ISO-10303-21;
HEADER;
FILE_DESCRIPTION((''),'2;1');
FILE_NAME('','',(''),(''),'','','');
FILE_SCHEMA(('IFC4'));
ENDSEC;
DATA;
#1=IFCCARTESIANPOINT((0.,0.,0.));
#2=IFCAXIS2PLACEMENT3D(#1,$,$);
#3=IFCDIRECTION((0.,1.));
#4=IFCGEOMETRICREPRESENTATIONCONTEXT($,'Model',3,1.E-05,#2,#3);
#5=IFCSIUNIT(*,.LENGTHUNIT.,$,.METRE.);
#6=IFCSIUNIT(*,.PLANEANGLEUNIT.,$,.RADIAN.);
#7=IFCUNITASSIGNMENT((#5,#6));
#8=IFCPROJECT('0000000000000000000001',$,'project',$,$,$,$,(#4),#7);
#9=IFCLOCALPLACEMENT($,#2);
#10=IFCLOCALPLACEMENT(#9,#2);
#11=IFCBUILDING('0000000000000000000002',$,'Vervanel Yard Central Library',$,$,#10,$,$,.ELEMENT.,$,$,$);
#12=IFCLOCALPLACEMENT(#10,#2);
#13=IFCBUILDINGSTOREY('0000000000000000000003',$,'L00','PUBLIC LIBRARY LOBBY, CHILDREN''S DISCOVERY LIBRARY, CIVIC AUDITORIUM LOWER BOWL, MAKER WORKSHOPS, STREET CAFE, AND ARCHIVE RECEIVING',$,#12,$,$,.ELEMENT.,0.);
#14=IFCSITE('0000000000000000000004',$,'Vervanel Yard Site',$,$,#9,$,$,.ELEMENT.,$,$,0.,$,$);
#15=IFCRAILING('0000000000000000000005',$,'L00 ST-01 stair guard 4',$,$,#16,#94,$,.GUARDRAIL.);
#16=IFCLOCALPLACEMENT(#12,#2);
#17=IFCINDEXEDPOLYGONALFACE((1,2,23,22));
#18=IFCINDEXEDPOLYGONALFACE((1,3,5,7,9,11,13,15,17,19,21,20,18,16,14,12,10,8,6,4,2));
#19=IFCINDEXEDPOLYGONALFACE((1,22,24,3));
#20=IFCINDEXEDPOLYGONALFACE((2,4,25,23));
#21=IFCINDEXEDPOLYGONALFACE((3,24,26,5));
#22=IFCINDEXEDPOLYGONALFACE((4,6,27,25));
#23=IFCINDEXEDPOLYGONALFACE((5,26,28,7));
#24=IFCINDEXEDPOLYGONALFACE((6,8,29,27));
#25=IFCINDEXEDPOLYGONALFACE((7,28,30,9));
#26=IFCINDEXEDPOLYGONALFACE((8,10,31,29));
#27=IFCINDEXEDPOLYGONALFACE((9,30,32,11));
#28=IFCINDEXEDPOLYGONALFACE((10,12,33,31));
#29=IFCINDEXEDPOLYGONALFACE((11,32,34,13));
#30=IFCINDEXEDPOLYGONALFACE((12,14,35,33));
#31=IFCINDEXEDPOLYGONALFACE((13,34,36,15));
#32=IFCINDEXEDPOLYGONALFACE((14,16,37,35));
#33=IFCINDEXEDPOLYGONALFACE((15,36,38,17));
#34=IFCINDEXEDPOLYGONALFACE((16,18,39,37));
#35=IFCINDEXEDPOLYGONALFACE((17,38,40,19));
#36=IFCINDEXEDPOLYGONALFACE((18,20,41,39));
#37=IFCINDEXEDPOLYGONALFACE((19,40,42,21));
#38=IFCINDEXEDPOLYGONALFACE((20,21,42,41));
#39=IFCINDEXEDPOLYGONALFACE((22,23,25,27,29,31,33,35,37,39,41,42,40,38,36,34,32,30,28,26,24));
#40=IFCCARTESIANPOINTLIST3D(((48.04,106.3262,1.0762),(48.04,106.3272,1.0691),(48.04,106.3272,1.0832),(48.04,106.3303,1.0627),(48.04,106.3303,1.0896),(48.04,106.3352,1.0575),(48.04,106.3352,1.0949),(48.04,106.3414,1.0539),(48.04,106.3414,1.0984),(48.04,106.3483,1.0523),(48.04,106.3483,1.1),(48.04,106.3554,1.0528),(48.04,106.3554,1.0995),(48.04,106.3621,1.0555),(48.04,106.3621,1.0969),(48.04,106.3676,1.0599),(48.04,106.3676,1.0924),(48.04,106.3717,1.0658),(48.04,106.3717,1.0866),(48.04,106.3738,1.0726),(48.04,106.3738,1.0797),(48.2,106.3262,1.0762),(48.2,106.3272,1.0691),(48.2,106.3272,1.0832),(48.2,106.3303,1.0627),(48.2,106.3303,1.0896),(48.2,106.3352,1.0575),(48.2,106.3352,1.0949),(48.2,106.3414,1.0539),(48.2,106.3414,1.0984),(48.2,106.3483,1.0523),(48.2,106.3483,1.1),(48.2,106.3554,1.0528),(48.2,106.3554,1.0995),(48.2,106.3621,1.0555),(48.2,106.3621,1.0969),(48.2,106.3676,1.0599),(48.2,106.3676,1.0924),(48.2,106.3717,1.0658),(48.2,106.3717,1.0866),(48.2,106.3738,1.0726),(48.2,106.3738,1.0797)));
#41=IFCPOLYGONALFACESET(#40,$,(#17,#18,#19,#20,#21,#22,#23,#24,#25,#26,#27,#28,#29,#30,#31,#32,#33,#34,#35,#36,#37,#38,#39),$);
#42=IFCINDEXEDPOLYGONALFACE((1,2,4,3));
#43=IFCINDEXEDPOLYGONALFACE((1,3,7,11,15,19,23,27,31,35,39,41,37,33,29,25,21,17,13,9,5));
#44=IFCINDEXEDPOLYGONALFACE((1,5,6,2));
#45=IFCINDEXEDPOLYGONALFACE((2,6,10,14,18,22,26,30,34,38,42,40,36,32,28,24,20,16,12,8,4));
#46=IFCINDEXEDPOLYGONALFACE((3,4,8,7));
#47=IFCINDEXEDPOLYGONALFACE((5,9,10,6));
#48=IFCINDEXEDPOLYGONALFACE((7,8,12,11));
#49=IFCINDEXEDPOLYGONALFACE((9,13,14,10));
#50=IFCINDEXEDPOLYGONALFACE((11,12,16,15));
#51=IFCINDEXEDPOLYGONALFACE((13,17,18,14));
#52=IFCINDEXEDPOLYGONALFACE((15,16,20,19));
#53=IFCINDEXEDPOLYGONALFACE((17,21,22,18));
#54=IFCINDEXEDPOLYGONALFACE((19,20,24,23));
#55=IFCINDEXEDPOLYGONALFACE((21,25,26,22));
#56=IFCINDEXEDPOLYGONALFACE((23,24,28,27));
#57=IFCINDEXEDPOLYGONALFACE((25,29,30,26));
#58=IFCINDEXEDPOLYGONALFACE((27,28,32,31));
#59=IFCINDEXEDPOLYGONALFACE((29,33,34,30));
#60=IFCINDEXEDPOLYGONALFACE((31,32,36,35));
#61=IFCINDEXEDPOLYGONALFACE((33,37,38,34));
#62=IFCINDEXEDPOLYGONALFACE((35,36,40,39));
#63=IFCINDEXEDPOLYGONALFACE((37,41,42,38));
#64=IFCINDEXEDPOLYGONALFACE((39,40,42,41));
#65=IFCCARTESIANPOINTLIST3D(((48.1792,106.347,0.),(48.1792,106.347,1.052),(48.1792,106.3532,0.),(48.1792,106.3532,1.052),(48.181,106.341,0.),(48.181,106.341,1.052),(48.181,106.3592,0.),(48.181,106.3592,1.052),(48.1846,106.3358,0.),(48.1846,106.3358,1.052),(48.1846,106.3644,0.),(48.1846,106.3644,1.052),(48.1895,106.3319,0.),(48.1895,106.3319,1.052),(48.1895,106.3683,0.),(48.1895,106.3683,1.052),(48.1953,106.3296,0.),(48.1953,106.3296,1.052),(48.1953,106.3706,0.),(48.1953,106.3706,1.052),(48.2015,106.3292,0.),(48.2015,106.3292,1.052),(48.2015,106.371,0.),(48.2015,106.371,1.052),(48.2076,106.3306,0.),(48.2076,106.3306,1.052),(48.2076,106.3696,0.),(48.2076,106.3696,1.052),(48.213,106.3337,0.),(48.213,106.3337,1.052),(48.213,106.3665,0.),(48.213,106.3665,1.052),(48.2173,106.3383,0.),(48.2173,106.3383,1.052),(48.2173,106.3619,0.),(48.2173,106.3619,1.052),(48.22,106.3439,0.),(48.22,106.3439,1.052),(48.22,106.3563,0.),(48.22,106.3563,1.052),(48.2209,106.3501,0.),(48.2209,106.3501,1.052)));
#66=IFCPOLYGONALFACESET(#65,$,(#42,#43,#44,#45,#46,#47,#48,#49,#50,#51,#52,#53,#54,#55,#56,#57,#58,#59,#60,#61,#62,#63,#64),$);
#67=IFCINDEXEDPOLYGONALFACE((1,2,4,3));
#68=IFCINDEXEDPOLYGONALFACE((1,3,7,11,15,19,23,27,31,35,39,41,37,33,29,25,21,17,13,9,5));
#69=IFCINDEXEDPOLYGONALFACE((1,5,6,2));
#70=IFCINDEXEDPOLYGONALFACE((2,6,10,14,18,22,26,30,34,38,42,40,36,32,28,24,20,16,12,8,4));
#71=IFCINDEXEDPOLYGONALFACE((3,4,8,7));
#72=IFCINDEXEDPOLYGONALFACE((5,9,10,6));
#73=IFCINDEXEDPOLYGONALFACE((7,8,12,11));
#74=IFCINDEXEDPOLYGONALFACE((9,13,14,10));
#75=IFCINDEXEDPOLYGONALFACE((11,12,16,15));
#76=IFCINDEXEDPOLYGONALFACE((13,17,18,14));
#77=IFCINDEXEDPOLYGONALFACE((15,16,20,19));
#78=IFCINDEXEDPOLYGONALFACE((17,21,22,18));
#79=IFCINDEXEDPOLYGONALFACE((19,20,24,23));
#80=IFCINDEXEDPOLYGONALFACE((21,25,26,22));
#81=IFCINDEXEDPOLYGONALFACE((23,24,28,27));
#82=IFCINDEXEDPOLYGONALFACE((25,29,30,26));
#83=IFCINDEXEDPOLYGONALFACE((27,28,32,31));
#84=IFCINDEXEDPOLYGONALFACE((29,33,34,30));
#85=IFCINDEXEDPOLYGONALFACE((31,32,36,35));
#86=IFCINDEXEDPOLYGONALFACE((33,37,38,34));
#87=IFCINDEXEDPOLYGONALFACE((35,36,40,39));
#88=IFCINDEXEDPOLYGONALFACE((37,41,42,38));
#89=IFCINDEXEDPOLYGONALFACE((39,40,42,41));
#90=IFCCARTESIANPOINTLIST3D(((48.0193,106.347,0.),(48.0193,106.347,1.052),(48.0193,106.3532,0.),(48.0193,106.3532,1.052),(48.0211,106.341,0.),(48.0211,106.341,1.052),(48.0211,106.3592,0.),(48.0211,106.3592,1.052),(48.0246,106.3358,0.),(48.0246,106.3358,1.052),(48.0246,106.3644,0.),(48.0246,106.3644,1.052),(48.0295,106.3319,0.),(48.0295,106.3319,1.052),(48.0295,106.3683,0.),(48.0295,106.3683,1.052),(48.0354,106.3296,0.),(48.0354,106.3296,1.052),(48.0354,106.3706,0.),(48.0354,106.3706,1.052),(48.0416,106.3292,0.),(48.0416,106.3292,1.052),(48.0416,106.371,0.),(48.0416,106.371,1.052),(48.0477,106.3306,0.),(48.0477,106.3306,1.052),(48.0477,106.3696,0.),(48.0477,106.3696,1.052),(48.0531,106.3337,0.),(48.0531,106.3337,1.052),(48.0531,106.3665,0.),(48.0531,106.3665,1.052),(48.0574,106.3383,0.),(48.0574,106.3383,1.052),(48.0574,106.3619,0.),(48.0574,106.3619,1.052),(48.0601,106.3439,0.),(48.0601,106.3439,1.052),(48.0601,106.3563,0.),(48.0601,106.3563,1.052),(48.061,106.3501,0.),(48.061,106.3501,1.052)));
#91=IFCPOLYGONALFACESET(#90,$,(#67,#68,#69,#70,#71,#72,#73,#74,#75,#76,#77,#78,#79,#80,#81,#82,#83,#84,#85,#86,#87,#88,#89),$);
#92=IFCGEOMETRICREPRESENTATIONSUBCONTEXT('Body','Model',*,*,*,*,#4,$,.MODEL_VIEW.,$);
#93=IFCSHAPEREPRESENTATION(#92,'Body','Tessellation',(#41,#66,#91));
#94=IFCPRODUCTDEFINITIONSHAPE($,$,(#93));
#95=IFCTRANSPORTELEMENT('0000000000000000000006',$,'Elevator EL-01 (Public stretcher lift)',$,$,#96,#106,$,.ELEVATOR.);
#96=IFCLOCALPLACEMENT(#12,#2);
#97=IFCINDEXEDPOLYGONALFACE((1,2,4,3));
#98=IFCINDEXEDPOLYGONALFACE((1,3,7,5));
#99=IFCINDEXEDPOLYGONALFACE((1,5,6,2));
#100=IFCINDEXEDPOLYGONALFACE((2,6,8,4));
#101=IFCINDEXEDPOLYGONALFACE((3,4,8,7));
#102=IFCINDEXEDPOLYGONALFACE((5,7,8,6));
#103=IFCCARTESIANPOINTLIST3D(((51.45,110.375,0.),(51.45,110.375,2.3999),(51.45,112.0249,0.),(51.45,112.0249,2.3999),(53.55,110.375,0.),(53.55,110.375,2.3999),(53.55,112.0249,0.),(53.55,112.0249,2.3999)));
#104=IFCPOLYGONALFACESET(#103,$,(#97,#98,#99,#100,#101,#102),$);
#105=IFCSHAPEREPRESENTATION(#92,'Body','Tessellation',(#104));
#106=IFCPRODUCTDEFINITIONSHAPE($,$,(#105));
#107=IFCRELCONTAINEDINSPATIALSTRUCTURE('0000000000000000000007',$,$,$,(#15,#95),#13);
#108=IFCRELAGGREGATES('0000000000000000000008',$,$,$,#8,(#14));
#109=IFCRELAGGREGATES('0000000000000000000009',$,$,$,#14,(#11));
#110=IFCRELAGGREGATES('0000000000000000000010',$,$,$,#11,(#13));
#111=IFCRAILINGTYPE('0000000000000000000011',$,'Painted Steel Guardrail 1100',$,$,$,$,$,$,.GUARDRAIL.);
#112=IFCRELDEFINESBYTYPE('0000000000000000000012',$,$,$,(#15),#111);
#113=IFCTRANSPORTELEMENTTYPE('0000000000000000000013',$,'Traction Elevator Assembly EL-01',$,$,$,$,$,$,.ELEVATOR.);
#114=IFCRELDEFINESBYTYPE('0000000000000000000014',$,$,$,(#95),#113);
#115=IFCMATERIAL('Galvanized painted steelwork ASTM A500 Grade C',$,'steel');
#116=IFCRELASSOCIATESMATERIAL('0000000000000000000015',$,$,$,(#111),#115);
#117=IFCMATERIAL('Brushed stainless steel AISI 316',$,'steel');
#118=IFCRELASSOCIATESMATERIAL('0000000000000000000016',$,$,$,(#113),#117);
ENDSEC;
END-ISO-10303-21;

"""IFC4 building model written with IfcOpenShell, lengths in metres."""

from ifc_helpers import new_model, si_unit, direction, frame, origin, origin_2d, place, context, subcontext, project, spatial, rectangle, circle, extrude, material, type_object, element, save


model = new_model("IFC4")

# Units and contexts
model_context = context("Model", 3, precision=1e-05, world=origin(), true_north=direction((0.0, 1.0)))
body_context = subcontext(model_context, "Body", "Model", "MODEL_VIEW")
ifc_project = project(units=[si_unit("LENGTHUNIT", "METRE"), si_unit("PLANEANGLEUNIT", "RADIAN")], contexts=[model_context])

# Site, building, storey
site_placement = place(None, origin())
site = spatial("IfcSite", under=ifc_project, at=site_placement, Name="Vervanel Yard Site", CompositionType="ELEMENT", RefElevation=0.0)
building_placement = place(site_placement, origin())
building = spatial("IfcBuilding", under=site, at=building_placement, Name="Vervanel Yard Central Library", CompositionType="ELEMENT")
storey_placement = place(building_placement, origin())
storey = spatial("IfcBuildingStorey", under=building, at=storey_placement, Name="L00", Description="PUBLIC LIBRARY LOBBY, CHILDREN'S DISCOVERY LIBRARY, CIVIC AUDITORIUM LOWER BOWL, MAKER WORKSHOPS, STREET CAFE, AND ARCHIVE RECEIVING", CompositionType="ELEMENT", Elevation=0.0)

# Shared definitions
ifc_material_1 = material(Name="Brushed stainless steel AISI 316", Category="steel")

# Railing
ifc_material_2 = material(Name="Galvanized painted steelwork ASTM A500 Grade C", Category="steel")
railing_type_1 = type_object("IfcRailingType", Name="Painted Steel Guardrail 1100", PredefinedType="GUARDRAIL", material=ifc_material_2)
railing_1_placement = place(storey_placement, frame((48.2, 106.3501, 0.0)))
element("IfcRailing", 1, at=railing_1_placement, inside=storey, type_object=railing_type_1, Name="L00 ST-01 stair guard 4", PredefinedType="GUARDRAIL", context=body_context, shape_type="SweptSolid", body=[
    extrude(circle(Radius=0.0239, at=origin_2d()), frame((0.0, 0.0, 1.0762), z_axis=(-1.0, 0.0, 0.0), x_axis=(0.0, -1.0, 0.0)), (0.0, 0.0, 1.0), 0.1599),
    extrude(circle(Radius=0.021, at=origin_2d()), origin(), (0.0, 0.0, 1.0), 1.052),
    extrude(circle(Radius=0.021, at=origin_2d()), frame((-0.1599, 0.0, 0.0)), (0.0, 0.0, 1.0), 1.052),
])

# Transport element
transport_element_type = type_object("IfcTransportElementType", Name="Traction Elevator Assembly EL-01", PredefinedType="ELEVATOR", material=ifc_material_1)
transport_element_placement = place(storey_placement, frame((52.5, 111.2, 0.0), z_axis=(0.0, 0.0, 1.0), x_axis=(1.0, 0.0, 0.0)))
element("IfcTransportElement", 2, at=transport_element_placement, inside=storey, type_object=transport_element_type, Name="Elevator EL-01 (Public stretcher lift)", PredefinedType="ELEVATOR", context=body_context, shape_type="SweptSolid", body=[
    extrude(rectangle(XDim=2.1001, YDim=1.6499, at=origin_2d()), origin(), (0.0, 0.0, 1.0), 2.3999),
])

save(model, "model.ifc")
